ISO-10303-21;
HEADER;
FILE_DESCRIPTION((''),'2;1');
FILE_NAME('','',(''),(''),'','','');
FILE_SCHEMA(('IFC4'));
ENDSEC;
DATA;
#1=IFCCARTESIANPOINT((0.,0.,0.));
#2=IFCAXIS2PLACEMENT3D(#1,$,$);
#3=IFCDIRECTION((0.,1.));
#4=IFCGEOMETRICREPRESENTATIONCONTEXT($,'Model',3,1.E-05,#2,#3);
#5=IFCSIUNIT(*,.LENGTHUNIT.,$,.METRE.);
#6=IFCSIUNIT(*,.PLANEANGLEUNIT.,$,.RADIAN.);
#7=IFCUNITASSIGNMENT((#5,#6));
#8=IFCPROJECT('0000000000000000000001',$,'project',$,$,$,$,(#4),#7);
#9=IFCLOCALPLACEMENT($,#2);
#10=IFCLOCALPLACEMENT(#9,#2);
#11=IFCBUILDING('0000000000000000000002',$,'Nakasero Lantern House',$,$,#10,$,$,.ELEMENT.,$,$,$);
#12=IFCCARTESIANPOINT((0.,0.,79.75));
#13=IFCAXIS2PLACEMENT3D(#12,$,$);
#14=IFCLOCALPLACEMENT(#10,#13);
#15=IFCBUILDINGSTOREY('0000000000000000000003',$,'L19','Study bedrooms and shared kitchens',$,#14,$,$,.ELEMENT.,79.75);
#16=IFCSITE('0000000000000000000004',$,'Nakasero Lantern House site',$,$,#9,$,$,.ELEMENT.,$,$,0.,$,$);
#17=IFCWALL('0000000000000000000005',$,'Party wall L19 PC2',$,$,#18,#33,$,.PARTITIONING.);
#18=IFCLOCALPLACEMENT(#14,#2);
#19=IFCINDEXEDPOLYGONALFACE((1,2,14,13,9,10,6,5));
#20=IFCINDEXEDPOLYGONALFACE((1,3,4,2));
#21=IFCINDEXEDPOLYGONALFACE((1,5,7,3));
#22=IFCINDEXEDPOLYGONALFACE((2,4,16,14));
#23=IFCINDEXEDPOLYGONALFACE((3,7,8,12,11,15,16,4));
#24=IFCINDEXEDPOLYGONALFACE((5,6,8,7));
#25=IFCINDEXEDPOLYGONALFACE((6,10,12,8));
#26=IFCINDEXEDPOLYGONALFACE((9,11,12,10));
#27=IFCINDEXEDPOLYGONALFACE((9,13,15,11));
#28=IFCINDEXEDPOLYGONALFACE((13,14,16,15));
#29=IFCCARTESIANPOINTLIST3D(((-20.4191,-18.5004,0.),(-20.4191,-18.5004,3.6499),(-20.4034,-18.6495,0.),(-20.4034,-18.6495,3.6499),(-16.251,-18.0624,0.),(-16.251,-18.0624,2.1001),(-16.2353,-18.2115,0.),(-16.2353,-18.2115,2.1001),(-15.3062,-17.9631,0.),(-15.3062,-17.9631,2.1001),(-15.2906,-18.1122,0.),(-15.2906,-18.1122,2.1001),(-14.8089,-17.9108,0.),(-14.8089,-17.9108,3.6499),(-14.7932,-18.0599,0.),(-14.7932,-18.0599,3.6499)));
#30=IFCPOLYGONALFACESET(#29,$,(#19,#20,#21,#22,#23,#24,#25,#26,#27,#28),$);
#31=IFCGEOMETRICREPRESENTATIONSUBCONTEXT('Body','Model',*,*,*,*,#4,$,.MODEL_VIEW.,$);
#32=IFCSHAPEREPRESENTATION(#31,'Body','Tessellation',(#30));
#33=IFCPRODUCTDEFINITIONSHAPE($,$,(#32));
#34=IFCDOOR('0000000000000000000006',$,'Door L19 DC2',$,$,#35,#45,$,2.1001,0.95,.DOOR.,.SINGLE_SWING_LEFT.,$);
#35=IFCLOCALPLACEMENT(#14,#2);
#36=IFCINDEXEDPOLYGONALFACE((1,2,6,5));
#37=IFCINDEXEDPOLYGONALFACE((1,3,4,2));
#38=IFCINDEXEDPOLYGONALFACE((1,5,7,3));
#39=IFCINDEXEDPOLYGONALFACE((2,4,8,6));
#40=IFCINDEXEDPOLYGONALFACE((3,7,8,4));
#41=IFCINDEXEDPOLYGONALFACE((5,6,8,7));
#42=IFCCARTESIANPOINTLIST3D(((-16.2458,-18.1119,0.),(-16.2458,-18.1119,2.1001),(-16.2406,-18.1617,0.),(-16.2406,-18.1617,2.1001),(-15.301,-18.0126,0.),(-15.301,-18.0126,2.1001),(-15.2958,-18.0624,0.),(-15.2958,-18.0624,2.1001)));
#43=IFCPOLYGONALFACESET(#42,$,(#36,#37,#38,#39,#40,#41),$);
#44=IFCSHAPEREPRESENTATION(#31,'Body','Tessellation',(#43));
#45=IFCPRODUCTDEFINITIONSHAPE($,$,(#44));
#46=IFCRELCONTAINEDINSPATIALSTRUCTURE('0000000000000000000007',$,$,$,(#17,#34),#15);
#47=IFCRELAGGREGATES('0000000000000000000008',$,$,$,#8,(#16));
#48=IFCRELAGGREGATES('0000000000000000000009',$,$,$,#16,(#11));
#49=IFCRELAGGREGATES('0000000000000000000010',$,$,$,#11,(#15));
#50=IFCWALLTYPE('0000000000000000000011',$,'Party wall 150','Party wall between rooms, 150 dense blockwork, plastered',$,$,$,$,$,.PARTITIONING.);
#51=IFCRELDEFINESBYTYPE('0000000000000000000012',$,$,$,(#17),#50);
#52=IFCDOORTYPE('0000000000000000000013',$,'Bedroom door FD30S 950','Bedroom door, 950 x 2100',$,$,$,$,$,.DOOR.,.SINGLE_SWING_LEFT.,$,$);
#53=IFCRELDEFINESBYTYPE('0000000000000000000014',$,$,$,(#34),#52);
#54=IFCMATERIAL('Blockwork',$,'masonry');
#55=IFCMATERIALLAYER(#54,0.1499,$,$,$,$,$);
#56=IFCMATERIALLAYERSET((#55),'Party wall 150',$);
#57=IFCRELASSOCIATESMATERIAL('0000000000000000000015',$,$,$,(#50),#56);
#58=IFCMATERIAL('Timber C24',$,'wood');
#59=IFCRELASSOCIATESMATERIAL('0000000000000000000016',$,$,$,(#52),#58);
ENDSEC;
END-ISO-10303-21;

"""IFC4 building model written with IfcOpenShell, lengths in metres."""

from ifc_helpers import new_model, si_unit, direction, frame, frame_2d, origin, place, context, subcontext, project, spatial, rectangle, extrude, material, layer, layer_set, type_object, element, fill, save


model = new_model("IFC4")

# Units and contexts
model_context = context("Model", 3, precision=1e-05, world=origin(), true_north=direction((0.0, 1.0)))
body_context = subcontext(model_context, "Body", "Model", "MODEL_VIEW")
ifc_project = project(units=[si_unit("LENGTHUNIT", "METRE"), si_unit("PLANEANGLEUNIT", "RADIAN")], contexts=[model_context])

# Site, building, storey
site_placement = place(None, origin())
site = spatial("IfcSite", under=ifc_project, at=site_placement, Name="Nakasero Lantern House site", CompositionType="ELEMENT", RefElevation=0.0)
building_placement = place(site_placement, origin())
building = spatial("IfcBuilding", under=site, at=building_placement, Name="Nakasero Lantern House", CompositionType="ELEMENT")
storey_placement = place(building_placement, frame((0.0, 0.0, 79.75)))
storey = spatial("IfcBuildingStorey", under=building, at=storey_placement, Name="L19", Description="Study bedrooms and shared kitchens", CompositionType="ELEMENT", Elevation=79.75)

# Shared definitions
ifc_material_1 = material(Name="Blockwork", Category="masonry")
ifc_layer_1 = layer(ifc_material_1, 0.1499)
ifc_layer_set_1 = layer_set([ifc_layer_1], Name="Party wall 150")
wall_type_1 = type_object("IfcWallType", Name="Party wall 150", Description="Party wall between rooms, 150 dense blockwork, plastered", PredefinedType="PARTITIONING", material=ifc_layer_set_1)

# Wall, opening, door
wall_1_placement = place(storey_placement, frame((-14.801, -17.9854, 0.0), z_axis=(0.0, 0.0, 1.0), x_axis=(-0.994523, -0.10452, 0.0)))
wall_1 = element("IfcWall", 1, at=wall_1_placement, inside=storey, type_object=wall_type_1, Name="Party wall L19 PC2", PredefinedType="PARTITIONING", context=body_context, shape_type="SweptSolid", body=[
    extrude(rectangle(XDim=5.6411, YDim=0.1499, at=frame_2d((2.8206, 0.0))), origin(), (0.0, 0.0, 1.0), 3.6499),
])
opening_1_placement = place(wall_1_placement, frame((0.5, 0.0, 0.0)))
opening_1 = element("IfcOpeningElement", 2, at=opening_1_placement, cuts=wall_1, PredefinedType="OPENING", context=body_context, shape_type="SweptSolid", body=[
    extrude(rectangle(XDim=0.95, YDim=2.1001, at=frame_2d((0.4751, 1.05))), frame((0.0, 0.095, 0.0), z_axis=(0.0, -1.0, 0.0), x_axis=(1.0, 0.0, 0.0)), (0.0, 0.0, 1.0), 0.1899),
])
ifc_material_2 = material(Name="Timber C24", Category="wood")
door_type_1 = type_object("IfcDoorType", Name="Bedroom door FD30S 950", Description="Bedroom door, 950 x 2100", OperationType="SINGLE_SWING_LEFT", PredefinedType="DOOR", material=ifc_material_2)
door_1_placement = place(opening_1_placement, origin())
door_1 = element("IfcDoor", 3, at=door_1_placement, inside=storey, type_object=door_type_1, Name="Door L19 DC2", OperationType="SINGLE_SWING_LEFT", OverallHeight=2.1001, OverallWidth=0.95, PredefinedType="DOOR", context=body_context, shape_type="SweptSolid", body=[
    extrude(rectangle(XDim=0.95, YDim=2.1001, at=frame_2d((0.4751, 1.05))), frame((0.0, 0.0249, 0.0), z_axis=(0.0, -1.0, 0.0), x_axis=(1.0, 0.0, 0.0)), (0.0, 0.0, 1.0), 0.05),
])
fill(opening_1, door_1)

save(model, "model.ifc")
